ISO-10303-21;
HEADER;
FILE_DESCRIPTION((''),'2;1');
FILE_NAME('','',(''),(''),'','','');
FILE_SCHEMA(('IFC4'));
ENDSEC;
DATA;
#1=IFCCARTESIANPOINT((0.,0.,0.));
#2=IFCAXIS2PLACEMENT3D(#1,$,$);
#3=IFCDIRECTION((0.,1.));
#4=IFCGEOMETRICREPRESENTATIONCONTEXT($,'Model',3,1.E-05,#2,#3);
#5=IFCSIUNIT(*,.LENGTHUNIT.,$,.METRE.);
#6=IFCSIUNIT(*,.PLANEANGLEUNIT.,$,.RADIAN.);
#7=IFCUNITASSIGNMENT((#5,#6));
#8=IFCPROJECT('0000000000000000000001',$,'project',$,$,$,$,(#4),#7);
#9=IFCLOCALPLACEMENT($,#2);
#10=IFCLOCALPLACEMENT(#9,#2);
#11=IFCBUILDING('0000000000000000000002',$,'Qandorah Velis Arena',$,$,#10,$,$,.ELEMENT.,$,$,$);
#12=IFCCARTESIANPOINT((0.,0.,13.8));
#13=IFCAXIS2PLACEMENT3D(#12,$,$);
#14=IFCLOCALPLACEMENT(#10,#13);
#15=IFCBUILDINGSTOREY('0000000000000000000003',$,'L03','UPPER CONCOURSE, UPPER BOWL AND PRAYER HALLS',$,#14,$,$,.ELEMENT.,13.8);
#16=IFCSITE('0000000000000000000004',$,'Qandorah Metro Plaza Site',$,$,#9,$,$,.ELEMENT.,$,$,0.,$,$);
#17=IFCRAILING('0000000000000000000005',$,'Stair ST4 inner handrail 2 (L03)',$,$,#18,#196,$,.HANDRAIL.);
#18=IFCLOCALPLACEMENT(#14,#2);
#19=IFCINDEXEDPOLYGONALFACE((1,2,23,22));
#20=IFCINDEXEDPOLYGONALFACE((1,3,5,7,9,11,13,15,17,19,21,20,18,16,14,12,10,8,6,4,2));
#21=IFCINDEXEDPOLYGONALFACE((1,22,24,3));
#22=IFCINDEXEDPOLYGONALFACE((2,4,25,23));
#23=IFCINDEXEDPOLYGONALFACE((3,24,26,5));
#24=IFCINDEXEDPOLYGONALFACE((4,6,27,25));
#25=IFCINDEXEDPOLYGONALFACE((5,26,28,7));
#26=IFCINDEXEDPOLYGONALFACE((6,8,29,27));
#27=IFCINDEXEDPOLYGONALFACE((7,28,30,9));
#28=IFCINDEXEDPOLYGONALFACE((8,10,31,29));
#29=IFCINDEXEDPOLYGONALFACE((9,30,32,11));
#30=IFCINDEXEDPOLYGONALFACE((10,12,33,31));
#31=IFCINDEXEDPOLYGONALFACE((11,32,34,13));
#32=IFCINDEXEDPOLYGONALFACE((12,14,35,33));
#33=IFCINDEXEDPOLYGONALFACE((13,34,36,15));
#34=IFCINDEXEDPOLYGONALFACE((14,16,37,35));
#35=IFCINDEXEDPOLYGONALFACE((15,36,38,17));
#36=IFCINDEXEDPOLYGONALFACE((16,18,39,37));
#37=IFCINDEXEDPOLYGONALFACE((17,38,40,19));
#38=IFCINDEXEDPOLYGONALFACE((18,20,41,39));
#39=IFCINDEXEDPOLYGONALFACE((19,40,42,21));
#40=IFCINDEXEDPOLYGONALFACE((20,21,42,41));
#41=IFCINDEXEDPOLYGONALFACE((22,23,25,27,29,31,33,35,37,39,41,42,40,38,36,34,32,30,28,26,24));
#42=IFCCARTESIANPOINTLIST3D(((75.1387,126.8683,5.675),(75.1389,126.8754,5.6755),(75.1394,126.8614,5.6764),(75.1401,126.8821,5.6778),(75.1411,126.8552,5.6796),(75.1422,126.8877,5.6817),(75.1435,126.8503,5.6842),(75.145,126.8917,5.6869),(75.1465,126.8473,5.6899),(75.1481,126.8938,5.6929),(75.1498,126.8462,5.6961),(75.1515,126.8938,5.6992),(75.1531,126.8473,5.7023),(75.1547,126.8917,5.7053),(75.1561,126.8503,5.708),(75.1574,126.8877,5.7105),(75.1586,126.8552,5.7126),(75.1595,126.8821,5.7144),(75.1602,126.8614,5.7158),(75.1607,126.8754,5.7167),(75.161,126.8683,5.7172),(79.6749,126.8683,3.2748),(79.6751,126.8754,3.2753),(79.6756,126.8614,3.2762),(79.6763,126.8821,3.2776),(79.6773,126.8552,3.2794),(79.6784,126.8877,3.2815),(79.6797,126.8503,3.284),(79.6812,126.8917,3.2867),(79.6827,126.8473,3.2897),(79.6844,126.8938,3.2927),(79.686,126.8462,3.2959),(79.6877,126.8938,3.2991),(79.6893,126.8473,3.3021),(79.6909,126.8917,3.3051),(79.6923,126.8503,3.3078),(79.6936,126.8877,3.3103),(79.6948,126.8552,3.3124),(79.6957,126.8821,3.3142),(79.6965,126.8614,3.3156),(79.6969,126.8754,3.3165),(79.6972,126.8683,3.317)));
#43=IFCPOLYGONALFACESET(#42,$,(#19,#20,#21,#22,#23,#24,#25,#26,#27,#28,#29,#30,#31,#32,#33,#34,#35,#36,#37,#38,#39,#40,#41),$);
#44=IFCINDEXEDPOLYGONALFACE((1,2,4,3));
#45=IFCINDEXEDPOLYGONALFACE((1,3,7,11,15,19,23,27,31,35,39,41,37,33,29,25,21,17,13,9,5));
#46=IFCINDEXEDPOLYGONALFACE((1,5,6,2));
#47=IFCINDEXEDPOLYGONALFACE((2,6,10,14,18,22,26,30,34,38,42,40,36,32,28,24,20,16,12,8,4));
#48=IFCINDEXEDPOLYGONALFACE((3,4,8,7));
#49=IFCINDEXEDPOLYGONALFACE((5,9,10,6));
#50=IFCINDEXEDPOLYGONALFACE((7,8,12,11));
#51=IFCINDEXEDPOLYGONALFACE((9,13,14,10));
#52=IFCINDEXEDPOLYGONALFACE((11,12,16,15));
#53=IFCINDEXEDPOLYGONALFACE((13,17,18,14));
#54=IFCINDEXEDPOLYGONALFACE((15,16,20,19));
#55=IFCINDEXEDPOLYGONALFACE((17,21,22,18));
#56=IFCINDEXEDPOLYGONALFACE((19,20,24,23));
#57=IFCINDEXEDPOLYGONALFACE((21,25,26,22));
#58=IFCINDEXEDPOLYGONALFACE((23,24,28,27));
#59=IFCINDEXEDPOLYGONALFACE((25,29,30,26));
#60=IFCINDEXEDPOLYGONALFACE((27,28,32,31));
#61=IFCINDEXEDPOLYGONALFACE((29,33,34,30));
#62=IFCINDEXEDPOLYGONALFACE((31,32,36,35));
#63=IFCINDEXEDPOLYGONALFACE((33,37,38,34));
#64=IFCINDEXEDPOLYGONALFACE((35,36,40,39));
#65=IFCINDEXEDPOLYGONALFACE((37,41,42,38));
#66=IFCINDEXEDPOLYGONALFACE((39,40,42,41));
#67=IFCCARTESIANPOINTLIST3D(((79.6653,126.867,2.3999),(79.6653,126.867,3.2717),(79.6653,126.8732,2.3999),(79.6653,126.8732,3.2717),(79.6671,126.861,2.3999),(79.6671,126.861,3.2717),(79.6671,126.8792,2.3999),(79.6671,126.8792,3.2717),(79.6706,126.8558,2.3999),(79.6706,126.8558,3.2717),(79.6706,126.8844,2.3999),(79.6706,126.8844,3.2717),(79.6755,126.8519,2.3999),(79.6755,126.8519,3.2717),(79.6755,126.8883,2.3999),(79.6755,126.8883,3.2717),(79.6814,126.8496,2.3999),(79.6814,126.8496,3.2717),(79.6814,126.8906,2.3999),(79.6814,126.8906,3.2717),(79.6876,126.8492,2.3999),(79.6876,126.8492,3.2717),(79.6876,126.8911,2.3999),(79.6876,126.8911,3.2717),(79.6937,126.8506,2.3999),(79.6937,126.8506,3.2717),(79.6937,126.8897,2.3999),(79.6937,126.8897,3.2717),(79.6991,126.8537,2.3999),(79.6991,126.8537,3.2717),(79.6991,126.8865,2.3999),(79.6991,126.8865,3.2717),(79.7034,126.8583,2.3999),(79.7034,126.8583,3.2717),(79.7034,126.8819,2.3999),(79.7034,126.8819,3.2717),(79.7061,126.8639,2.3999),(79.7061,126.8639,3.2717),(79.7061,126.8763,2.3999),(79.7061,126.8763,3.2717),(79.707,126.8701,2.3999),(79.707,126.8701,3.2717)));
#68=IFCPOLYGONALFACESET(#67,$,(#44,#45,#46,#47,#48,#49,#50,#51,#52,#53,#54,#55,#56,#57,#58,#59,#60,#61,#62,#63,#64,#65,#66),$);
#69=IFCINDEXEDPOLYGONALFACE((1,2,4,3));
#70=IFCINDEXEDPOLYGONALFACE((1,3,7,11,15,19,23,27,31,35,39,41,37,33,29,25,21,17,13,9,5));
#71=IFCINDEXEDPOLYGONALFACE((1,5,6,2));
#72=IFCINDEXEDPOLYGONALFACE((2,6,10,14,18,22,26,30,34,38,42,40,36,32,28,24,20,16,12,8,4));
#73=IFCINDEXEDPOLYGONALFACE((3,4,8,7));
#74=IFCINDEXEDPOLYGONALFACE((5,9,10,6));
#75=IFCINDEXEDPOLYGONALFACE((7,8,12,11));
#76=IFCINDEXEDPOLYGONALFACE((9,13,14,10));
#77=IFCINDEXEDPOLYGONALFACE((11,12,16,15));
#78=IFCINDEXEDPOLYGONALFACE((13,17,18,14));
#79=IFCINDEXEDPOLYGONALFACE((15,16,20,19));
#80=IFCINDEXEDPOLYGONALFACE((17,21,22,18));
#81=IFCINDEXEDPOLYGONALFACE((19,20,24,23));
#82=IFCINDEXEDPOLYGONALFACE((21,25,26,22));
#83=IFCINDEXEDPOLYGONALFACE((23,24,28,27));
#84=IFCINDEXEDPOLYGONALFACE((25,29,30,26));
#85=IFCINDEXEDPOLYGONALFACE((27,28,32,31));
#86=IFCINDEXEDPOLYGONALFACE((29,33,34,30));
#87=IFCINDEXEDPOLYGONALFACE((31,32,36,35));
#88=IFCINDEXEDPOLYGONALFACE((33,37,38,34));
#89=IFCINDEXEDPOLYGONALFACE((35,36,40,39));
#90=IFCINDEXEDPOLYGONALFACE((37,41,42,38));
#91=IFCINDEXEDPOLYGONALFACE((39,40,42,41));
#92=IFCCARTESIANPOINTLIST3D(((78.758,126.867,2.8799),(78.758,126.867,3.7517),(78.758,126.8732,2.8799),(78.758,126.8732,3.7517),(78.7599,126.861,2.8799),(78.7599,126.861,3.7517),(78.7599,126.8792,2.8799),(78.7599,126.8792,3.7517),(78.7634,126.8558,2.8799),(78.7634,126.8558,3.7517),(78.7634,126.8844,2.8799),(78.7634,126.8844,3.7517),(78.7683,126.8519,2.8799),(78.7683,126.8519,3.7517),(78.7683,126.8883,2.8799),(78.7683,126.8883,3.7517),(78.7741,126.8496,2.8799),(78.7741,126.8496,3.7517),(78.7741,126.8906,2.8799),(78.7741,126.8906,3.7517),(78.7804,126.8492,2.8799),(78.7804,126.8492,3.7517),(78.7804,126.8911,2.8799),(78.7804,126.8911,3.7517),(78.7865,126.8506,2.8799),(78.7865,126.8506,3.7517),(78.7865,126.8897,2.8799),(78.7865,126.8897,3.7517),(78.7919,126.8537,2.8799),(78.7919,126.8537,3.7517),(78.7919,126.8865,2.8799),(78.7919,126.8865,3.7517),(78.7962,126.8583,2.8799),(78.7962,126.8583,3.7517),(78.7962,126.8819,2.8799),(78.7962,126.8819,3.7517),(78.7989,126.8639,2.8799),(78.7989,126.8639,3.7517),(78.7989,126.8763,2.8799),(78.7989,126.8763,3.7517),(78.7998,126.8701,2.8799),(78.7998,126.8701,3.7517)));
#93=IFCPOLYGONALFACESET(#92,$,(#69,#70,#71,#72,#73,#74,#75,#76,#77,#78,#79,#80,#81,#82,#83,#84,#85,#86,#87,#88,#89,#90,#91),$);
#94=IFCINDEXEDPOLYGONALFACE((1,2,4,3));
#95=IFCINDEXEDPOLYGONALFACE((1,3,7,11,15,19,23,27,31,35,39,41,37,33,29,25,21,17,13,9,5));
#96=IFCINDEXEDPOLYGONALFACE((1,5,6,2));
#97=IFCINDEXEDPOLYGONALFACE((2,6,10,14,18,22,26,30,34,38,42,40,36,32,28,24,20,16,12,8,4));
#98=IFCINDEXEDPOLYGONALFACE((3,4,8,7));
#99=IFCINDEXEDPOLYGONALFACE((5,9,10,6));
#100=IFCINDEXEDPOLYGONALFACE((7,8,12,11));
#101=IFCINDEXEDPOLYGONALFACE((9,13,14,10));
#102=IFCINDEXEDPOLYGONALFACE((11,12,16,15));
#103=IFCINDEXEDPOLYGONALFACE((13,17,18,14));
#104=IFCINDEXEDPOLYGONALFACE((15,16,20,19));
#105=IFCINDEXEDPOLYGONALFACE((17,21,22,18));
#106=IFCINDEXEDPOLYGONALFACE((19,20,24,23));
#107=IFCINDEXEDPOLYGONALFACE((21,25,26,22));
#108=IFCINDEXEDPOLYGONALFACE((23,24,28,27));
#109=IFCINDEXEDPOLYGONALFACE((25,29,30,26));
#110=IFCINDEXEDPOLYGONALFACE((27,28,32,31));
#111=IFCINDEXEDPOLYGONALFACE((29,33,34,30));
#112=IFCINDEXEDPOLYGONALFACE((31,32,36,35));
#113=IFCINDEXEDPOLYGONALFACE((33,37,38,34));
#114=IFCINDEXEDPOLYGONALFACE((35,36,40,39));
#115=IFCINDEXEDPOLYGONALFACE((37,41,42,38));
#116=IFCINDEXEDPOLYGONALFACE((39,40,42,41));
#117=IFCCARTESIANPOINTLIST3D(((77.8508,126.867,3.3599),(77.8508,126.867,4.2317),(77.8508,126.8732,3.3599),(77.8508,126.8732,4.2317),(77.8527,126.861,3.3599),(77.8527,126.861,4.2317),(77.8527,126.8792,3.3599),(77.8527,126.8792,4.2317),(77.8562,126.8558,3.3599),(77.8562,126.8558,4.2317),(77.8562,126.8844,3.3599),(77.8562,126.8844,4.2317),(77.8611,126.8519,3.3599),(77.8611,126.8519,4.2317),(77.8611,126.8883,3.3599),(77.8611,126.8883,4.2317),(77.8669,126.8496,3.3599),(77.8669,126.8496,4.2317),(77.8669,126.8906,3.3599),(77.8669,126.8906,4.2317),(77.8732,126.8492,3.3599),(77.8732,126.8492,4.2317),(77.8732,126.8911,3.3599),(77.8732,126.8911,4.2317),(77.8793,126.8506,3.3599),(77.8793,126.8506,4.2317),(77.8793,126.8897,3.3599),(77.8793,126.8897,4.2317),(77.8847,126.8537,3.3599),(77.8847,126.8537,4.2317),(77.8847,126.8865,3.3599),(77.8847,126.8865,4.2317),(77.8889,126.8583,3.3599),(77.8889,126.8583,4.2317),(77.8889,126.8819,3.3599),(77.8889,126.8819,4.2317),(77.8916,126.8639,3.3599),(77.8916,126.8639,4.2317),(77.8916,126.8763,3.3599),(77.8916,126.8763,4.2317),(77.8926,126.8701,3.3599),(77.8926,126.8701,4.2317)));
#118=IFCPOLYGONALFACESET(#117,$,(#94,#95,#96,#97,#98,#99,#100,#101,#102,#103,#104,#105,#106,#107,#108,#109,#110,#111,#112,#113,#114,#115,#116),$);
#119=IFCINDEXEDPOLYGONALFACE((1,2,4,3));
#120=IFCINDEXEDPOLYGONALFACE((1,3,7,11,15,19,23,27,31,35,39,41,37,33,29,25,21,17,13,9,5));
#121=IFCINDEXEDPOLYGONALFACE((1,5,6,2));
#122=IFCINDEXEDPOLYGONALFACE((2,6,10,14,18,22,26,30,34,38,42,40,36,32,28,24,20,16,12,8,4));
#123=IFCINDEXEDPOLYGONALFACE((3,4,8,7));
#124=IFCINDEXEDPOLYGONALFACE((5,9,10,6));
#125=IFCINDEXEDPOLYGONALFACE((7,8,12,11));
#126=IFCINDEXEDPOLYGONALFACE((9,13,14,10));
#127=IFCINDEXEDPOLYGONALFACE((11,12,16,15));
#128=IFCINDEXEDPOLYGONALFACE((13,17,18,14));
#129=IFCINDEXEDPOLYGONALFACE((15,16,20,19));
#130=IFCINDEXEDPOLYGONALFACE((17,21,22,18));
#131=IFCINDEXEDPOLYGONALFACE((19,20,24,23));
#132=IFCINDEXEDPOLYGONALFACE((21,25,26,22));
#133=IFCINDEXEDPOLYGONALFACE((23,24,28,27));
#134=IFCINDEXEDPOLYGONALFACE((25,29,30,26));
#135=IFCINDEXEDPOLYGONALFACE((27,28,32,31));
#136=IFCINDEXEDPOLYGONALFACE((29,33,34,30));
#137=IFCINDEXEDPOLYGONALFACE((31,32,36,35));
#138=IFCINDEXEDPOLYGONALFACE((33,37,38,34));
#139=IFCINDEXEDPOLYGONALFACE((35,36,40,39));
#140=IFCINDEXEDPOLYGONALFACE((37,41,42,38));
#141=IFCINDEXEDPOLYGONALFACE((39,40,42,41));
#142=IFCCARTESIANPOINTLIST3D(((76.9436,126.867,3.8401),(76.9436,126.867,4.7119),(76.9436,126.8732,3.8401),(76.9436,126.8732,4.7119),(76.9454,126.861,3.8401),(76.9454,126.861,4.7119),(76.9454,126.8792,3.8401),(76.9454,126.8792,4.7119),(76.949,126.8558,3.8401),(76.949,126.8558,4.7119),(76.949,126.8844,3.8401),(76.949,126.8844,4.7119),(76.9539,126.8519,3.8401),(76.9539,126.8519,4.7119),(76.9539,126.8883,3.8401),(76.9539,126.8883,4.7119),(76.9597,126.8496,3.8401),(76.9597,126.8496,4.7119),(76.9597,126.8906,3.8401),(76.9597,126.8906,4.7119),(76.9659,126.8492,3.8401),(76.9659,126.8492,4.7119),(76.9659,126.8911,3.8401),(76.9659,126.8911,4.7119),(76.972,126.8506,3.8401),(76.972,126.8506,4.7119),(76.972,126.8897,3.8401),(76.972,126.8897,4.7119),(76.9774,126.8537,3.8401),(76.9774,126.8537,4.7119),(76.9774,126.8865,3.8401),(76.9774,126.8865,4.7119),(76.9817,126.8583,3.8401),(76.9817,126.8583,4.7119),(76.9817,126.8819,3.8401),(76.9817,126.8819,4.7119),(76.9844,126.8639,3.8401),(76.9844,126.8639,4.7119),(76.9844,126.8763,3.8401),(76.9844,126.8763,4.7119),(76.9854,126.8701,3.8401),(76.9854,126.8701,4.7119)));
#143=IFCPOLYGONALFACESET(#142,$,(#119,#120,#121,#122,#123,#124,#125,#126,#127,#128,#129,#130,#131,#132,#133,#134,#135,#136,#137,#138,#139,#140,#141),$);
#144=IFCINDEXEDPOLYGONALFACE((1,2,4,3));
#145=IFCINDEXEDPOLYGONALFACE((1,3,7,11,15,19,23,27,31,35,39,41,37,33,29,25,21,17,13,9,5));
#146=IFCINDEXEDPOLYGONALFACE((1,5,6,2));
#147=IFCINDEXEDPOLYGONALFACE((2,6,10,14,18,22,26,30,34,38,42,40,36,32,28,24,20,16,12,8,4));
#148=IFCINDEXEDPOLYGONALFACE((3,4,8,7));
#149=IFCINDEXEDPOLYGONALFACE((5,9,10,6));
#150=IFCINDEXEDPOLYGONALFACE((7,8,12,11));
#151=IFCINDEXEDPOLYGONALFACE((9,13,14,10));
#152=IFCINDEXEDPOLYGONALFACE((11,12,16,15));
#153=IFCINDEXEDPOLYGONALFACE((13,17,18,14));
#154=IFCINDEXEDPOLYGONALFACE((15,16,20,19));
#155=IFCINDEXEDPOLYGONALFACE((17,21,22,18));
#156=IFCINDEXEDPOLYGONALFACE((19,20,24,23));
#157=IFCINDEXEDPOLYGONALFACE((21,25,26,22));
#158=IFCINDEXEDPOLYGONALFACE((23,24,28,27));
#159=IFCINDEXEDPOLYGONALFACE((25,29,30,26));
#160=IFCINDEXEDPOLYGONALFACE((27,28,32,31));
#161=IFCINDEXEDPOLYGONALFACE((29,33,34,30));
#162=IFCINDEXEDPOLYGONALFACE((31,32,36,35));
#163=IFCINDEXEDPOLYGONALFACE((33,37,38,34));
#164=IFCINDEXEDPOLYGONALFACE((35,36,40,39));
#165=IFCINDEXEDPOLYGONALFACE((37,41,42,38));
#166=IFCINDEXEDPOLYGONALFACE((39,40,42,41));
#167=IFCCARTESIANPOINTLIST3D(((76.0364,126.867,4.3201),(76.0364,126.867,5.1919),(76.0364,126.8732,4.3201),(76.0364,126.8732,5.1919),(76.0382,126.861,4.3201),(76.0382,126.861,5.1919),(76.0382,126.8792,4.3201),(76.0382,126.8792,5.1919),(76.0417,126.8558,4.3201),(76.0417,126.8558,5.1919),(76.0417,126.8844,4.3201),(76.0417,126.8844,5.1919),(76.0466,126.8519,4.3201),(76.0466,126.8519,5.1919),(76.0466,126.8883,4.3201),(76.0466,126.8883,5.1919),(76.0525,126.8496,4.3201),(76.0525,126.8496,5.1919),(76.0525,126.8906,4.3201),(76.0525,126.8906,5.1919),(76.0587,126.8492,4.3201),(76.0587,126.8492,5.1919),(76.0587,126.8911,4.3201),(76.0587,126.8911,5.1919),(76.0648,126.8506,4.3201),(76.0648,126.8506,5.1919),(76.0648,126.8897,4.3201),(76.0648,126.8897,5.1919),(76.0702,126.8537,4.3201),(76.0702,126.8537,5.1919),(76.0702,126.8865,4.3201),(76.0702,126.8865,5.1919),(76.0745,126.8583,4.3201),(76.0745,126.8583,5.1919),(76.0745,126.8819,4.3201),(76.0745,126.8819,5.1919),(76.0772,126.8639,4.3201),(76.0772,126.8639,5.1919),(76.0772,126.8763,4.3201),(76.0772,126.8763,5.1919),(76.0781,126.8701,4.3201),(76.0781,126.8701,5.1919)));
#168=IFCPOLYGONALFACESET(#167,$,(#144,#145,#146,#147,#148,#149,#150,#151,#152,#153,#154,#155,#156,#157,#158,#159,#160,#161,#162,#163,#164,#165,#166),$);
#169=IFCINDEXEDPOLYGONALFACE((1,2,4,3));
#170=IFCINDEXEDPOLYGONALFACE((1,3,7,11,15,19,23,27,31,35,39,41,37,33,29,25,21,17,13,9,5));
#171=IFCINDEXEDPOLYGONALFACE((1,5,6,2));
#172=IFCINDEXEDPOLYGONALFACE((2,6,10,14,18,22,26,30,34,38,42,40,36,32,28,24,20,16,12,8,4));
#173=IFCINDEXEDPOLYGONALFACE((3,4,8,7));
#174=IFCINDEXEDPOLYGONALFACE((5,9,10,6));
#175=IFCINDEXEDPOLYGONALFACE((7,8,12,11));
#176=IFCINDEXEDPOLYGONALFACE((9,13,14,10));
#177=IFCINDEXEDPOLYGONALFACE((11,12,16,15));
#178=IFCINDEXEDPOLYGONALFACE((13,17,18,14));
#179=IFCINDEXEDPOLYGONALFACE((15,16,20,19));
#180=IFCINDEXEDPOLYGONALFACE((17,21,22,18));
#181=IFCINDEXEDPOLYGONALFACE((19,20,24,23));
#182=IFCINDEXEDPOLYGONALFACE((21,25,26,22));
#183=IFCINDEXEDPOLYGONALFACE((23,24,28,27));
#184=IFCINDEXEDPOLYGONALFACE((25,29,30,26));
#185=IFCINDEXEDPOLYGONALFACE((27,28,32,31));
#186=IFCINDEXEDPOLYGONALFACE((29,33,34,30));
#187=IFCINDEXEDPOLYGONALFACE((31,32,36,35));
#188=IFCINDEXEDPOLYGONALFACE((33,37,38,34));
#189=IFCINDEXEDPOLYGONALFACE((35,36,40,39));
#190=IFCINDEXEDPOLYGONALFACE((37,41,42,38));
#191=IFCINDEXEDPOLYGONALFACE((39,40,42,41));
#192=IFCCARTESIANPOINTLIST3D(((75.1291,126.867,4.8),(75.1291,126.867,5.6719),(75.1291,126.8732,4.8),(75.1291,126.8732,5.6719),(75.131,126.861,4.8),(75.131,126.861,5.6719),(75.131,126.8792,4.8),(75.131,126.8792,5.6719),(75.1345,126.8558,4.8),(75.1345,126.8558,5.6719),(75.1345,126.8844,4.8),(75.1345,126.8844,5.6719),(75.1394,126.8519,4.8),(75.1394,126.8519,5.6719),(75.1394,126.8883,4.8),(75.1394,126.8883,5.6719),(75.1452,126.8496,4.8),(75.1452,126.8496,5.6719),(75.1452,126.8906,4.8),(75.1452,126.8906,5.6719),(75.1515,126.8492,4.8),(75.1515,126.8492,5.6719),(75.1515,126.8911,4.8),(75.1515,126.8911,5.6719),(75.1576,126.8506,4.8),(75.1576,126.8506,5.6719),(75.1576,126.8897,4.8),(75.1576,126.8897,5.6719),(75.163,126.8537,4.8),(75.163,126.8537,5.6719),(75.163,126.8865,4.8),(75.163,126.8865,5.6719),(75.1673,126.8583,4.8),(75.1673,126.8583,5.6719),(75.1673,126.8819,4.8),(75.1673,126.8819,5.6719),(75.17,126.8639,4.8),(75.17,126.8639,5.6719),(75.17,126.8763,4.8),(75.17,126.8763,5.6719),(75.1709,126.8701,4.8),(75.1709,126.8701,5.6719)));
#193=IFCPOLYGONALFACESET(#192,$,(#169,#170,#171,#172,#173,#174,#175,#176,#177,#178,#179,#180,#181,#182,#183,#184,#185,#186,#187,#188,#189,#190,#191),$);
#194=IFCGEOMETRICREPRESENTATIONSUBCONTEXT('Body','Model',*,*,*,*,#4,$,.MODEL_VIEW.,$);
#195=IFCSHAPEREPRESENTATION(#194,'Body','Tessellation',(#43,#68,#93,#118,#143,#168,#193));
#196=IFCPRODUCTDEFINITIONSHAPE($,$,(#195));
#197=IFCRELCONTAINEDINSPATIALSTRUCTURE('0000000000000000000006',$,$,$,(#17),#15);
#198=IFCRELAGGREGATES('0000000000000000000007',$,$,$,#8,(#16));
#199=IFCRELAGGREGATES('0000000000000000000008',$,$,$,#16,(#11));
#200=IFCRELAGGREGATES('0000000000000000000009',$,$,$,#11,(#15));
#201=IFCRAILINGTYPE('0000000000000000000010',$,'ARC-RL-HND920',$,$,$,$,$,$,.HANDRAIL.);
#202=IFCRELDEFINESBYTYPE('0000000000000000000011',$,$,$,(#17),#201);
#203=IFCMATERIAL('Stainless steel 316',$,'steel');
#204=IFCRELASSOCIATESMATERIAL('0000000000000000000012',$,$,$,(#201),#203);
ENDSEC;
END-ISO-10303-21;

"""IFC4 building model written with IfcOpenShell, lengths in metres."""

from ifc_helpers import new_model, si_unit, direction, frame, origin, origin_2d, place, context, subcontext, project, spatial, circle, extrude, material, type_object, element, save


model = new_model("IFC4")

# Units and contexts
model_context = context("Model", 3, precision=1e-05, world=origin(), true_north=direction((0.0, 1.0)))
body_context = subcontext(model_context, "Body", "Model", "MODEL_VIEW")
ifc_project = project(units=[si_unit("LENGTHUNIT", "METRE"), si_unit("PLANEANGLEUNIT", "RADIAN")], contexts=[model_context])

# Site, building, storey
site_placement = place(None, origin())
site = spatial("IfcSite", under=ifc_project, at=site_placement, Name="Qandorah Metro Plaza Site", CompositionType="ELEMENT", RefElevation=0.0)
building_placement = place(site_placement, origin())
building = spatial("IfcBuilding", under=site, at=building_placement, Name="Qandorah Velis Arena", CompositionType="ELEMENT")
storey_placement = place(building_placement, frame((0.0, 0.0, 13.8)))
storey = spatial("IfcBuildingStorey", under=building, at=storey_placement, Name="L03", Description="UPPER CONCOURSE, UPPER BOWL AND PRAYER HALLS", CompositionType="ELEMENT", Elevation=13.8)

# Railing
ifc_material_1 = material(Name="Stainless steel 316", Category="steel")
railing_type_1 = type_object("IfcRailingType", Name="ARC-RL-HND920", PredefinedType="HANDRAIL", material=ifc_material_1)
railing_1_placement = place(storey_placement, frame((79.686, 126.8701, 2.3999)))
element("IfcRailing", 1, at=railing_1_placement, inside=storey, type_object=railing_type_1, Name="Stair ST4 inner handrail 2 (L03)", PredefinedType="HANDRAIL", context=body_context, shape_type="SweptSolid", body=[
    extrude(circle(Radius=0.0239, at=origin_2d()), frame((0.0, 0.0, 0.896), z_axis=(-0.883896, 0.0, 0.467684), x_axis=(0.0, -1.0, 0.0)), (0.0, 0.0, 1.0), 5.1321),
    extrude(circle(Radius=0.021, at=origin_2d()), origin(), (0.0, 0.0, 1.0), 0.8718),
    extrude(circle(Radius=0.021, at=origin_2d()), frame((-0.9072, 0.0, 0.48)), (0.0, 0.0, 1.0), 0.8718),
    extrude(circle(Radius=0.021, at=origin_2d()), frame((-1.8145, 0.0, 0.96)), (0.0, 0.0, 1.0), 0.8718),
    extrude(circle(Radius=0.021, at=origin_2d()), frame((-2.7217, 0.0, 1.4402)), (0.0, 0.0, 1.0), 0.8718),
    extrude(circle(Radius=0.021, at=origin_2d()), frame((-3.6289, 0.0, 1.9202)), (0.0, 0.0, 1.0), 0.8718),
    extrude(circle(Radius=0.021, at=origin_2d()), frame((-4.5361, 0.0, 2.4001)), (0.0, 0.0, 1.0), 0.8718),
])

save(model, "model.ifc")
